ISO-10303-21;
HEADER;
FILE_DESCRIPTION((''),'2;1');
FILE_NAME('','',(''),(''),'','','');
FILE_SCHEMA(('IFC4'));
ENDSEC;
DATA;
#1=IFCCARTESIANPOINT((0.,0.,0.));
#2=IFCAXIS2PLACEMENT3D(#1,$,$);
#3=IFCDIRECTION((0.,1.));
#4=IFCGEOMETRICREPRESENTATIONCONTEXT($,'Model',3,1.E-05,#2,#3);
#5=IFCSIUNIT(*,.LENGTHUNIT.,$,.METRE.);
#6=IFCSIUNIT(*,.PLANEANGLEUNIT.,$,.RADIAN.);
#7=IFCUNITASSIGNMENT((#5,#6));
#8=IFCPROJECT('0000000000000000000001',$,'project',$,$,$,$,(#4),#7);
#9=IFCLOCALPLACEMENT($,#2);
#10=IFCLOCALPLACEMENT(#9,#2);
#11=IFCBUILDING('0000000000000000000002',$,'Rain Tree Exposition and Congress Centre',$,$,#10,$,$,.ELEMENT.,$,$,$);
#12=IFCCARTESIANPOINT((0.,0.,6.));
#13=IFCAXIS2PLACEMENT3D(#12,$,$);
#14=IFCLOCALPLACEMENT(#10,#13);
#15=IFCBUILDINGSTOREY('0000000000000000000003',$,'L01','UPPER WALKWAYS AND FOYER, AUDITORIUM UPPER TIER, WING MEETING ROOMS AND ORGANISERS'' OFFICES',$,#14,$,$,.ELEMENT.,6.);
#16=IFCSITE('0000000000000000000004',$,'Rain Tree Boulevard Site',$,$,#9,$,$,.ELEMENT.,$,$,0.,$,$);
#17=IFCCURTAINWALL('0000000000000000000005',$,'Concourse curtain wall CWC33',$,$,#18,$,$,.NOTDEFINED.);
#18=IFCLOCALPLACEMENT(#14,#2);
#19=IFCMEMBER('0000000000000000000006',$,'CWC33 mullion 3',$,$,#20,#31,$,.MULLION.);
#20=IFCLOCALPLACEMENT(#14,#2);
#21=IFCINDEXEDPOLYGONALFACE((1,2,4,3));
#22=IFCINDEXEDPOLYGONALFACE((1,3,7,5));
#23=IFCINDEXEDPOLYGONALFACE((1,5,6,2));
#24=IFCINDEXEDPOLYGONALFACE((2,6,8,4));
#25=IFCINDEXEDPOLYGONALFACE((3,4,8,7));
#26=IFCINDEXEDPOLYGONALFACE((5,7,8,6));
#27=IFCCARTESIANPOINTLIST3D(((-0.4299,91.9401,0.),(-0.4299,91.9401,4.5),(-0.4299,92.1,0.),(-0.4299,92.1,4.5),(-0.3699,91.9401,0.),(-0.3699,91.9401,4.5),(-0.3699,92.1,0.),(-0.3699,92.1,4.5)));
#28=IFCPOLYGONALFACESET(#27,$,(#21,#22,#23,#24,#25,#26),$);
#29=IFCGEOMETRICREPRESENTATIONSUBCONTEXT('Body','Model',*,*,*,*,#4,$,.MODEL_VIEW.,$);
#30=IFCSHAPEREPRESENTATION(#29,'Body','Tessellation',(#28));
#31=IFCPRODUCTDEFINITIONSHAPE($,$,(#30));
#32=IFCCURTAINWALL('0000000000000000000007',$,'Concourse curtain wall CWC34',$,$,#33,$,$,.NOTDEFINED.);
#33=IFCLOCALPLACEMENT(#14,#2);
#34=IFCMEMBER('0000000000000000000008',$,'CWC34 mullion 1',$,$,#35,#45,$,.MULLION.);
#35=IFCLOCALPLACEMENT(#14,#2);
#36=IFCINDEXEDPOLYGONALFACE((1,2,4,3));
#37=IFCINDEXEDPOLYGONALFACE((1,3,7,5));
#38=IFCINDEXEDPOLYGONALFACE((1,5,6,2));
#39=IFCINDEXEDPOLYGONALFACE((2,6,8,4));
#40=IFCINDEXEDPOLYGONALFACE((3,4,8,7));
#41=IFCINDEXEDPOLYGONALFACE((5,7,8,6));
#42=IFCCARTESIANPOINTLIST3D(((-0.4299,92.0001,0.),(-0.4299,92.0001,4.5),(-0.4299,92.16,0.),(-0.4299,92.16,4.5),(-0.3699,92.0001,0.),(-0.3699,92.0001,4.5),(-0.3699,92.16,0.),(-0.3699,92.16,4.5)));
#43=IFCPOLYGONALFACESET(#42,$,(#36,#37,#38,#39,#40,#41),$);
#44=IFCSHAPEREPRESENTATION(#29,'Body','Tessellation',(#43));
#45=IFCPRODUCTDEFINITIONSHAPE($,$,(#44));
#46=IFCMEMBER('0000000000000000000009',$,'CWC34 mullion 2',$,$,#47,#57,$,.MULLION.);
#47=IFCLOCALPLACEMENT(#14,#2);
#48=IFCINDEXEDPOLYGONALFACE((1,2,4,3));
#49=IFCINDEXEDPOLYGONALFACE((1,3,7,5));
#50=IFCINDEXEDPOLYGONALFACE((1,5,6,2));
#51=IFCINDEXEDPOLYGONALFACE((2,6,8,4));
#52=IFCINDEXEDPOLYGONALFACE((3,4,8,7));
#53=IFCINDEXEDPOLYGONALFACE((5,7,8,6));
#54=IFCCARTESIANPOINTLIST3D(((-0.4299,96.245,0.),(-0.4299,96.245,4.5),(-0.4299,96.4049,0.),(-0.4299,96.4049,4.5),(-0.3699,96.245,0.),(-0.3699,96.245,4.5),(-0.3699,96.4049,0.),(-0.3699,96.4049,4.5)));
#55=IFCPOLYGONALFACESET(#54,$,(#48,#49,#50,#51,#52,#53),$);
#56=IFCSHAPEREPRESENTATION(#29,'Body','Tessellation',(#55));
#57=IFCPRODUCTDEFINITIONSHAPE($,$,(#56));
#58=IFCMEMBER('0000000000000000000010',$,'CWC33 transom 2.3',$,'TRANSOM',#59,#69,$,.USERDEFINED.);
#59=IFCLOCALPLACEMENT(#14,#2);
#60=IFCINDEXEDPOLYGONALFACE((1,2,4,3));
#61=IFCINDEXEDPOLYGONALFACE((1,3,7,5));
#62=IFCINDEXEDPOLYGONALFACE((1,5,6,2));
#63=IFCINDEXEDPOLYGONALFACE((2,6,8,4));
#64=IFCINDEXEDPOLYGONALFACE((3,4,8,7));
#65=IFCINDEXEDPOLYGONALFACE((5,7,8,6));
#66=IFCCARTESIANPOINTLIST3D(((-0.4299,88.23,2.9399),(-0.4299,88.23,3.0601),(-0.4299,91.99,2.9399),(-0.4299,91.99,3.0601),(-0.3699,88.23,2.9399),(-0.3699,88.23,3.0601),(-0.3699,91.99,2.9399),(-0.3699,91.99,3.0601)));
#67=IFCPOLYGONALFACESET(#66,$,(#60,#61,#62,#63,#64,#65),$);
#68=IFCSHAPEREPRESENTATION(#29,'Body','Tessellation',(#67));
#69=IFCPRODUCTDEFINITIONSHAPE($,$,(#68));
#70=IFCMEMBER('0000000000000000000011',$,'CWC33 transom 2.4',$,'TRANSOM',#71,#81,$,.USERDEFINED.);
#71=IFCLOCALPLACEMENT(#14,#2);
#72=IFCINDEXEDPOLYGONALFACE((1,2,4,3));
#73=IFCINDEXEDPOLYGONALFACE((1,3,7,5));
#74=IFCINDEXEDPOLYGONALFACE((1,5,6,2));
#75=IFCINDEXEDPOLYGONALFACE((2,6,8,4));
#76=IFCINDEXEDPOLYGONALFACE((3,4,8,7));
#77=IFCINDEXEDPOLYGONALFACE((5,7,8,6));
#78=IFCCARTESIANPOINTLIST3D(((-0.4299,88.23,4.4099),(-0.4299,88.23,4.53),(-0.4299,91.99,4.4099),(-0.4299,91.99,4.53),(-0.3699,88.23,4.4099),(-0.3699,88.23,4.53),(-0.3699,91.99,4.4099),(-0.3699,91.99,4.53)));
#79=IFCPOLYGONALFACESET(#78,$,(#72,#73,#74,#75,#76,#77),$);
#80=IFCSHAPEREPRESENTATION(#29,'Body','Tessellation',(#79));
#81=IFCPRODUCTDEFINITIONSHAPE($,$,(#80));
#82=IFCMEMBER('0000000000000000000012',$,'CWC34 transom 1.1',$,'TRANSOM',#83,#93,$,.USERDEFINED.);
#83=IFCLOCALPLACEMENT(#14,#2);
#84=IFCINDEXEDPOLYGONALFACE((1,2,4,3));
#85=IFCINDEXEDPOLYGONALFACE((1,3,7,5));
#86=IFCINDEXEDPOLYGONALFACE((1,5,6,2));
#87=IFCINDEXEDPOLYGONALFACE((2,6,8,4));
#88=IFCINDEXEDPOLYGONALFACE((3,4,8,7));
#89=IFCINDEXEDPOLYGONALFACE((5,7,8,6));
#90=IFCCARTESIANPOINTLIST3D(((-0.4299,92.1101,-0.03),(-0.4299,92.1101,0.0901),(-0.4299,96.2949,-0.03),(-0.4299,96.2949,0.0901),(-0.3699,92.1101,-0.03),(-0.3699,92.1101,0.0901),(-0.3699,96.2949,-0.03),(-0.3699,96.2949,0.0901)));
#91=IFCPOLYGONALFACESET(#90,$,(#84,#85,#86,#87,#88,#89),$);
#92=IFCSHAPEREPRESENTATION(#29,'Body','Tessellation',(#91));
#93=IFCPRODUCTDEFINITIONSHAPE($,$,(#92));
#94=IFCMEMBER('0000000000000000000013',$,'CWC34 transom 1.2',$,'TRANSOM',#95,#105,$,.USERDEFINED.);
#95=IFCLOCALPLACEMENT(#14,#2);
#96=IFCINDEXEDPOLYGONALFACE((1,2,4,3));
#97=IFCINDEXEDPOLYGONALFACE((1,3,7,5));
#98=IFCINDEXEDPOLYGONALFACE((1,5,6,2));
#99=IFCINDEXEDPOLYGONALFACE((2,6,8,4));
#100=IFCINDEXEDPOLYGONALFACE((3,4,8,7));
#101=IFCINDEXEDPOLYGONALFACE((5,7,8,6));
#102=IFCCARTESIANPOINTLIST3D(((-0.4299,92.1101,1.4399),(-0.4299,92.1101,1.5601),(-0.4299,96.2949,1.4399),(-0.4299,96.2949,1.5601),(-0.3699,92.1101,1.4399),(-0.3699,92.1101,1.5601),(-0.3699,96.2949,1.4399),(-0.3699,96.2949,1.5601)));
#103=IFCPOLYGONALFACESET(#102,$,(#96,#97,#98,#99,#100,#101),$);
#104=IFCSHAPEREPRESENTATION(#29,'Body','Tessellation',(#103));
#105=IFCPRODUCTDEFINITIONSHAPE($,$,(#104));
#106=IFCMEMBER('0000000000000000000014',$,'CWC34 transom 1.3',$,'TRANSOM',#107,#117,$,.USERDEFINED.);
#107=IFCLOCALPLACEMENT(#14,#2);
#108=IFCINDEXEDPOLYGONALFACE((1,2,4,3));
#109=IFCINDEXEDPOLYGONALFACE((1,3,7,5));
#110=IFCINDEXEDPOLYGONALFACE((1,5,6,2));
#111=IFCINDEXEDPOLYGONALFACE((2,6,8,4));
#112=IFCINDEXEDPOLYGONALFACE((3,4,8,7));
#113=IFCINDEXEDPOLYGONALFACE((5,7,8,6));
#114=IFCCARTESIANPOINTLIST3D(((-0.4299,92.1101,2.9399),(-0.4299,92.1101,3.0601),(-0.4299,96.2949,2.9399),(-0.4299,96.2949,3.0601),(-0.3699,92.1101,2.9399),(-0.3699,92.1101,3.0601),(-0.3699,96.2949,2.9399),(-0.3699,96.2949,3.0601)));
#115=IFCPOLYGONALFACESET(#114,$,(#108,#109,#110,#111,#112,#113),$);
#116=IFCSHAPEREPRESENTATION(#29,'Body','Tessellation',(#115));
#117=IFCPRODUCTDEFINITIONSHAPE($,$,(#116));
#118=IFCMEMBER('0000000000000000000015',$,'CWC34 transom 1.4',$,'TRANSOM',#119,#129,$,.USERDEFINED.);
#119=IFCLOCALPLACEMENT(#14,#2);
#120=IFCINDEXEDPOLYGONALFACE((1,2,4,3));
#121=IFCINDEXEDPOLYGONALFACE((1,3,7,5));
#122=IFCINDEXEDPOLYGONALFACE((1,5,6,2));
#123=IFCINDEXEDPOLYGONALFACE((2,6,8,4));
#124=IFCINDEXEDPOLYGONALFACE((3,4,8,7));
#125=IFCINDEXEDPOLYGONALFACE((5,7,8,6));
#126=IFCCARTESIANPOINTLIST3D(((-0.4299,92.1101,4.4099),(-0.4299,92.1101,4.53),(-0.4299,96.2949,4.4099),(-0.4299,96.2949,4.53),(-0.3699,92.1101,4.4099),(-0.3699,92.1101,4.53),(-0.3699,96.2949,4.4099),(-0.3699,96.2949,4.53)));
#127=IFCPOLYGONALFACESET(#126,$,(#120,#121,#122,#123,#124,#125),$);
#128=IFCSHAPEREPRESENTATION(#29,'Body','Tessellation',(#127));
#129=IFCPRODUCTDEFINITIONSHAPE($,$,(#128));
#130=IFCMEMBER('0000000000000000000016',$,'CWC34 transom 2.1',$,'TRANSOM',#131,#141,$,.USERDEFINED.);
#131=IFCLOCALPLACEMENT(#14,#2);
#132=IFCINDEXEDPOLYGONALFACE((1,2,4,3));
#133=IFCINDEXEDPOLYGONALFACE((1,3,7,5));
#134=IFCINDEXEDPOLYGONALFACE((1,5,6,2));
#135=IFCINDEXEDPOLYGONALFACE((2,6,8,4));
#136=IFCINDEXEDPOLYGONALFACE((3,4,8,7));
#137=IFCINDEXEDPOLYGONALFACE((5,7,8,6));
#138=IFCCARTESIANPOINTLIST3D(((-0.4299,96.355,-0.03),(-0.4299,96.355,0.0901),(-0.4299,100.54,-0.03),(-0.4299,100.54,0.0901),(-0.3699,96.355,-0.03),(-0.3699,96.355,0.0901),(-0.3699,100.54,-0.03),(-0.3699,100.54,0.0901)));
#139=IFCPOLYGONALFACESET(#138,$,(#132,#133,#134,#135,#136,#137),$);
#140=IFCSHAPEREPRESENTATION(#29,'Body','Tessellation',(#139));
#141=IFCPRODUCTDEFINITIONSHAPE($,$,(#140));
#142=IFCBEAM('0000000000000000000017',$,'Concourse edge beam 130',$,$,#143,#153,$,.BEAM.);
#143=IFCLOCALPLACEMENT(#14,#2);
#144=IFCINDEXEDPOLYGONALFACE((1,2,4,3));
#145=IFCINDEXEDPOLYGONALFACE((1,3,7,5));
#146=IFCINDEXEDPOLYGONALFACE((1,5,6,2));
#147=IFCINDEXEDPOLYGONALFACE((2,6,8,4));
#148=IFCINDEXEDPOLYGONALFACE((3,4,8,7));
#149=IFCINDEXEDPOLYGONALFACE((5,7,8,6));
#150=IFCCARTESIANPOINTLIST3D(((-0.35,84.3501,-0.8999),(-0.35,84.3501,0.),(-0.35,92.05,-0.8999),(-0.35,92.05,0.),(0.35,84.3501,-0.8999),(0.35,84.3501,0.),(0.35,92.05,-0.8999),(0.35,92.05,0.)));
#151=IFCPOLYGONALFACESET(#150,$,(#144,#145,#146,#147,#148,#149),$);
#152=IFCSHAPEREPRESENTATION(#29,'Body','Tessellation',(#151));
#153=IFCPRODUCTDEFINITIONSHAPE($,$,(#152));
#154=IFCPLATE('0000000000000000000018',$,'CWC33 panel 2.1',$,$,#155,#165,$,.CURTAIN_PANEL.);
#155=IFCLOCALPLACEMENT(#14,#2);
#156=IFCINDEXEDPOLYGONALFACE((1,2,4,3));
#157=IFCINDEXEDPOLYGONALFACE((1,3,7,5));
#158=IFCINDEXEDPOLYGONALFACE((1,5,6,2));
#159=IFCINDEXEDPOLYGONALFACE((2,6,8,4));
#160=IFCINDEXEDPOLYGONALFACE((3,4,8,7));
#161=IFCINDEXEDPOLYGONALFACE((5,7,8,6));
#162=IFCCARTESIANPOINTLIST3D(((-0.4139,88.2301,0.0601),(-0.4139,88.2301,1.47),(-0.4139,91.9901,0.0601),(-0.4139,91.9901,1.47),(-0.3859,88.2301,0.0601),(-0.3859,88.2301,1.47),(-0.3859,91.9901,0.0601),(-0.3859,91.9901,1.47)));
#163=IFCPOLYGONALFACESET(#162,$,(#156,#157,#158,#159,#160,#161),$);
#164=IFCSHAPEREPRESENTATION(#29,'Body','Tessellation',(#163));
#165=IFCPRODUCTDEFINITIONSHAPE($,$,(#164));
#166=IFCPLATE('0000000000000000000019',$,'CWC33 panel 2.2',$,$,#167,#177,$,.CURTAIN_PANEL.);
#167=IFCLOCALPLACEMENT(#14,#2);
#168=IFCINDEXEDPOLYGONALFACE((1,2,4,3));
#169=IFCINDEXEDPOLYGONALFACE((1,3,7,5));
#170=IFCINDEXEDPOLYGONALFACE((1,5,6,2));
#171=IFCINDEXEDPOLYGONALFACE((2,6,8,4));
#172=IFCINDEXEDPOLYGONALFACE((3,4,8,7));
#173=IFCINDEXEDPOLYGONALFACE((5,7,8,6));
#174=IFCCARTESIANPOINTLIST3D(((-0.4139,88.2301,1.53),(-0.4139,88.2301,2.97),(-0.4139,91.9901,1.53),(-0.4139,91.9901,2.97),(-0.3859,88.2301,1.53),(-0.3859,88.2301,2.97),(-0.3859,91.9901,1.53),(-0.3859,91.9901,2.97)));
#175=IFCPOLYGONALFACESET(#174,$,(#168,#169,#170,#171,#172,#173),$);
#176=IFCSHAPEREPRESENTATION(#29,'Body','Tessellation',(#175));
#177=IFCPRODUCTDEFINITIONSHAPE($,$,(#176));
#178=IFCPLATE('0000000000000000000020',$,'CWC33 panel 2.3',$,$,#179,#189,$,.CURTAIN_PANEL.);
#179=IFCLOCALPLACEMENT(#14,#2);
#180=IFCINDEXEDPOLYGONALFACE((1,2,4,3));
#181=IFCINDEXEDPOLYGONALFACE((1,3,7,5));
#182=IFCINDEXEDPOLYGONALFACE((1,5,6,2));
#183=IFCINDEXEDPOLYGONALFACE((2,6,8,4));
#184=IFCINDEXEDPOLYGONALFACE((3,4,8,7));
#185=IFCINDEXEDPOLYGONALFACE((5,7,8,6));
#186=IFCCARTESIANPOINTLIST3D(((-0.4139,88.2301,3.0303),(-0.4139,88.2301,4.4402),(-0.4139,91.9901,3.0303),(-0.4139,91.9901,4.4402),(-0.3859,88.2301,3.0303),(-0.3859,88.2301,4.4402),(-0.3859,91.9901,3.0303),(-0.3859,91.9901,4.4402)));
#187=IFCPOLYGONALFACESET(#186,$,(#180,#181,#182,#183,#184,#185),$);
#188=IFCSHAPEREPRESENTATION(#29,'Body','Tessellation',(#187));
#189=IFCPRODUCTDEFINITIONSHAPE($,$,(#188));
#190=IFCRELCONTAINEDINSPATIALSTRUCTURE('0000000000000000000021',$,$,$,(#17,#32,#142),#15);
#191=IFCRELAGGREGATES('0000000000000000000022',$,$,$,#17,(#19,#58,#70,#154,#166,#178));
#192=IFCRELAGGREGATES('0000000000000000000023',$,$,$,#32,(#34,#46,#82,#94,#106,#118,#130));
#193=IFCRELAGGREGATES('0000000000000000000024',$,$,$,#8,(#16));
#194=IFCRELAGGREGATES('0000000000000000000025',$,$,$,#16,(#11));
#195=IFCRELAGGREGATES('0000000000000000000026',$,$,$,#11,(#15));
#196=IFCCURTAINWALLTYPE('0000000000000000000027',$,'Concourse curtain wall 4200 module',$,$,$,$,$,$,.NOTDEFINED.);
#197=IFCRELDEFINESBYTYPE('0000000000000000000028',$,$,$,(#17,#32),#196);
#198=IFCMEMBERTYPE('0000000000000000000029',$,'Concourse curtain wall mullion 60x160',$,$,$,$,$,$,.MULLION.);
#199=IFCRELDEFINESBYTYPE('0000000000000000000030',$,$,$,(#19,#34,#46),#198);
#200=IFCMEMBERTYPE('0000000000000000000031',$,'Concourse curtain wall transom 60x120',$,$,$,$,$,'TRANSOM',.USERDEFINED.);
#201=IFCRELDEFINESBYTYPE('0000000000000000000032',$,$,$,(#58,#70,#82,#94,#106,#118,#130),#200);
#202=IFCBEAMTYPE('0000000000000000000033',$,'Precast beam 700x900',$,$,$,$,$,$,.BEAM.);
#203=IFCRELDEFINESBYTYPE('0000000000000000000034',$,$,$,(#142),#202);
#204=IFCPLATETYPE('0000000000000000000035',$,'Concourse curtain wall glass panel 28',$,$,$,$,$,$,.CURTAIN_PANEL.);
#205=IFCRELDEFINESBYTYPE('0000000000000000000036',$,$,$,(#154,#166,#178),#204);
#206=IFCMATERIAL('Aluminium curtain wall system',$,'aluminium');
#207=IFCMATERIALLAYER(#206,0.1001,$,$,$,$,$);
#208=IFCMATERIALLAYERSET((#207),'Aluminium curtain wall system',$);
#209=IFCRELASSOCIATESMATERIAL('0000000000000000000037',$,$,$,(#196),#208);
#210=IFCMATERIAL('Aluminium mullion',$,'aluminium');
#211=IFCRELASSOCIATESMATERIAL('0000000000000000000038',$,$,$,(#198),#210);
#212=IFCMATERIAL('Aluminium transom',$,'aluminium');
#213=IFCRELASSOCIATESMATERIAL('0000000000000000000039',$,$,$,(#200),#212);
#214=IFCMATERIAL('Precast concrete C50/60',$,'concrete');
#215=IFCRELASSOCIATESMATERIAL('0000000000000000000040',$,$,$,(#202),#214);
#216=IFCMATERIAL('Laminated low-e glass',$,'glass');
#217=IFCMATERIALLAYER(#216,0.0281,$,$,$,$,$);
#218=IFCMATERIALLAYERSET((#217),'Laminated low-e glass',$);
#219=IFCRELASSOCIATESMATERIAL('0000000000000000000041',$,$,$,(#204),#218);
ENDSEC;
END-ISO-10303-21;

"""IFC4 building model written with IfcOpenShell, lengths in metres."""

from ifc_helpers import new_model, si_unit, direction, frame, origin, origin_2d, place, context, subcontext, project, spatial, rectangle, extrude, material, layer, layer_set, material_profile, profile_set, type_object, element, aggregate, save


model = new_model("IFC4")

# Units and contexts
model_context = context("Model", 3, precision=1e-05, world=origin(), true_north=direction((0.0, 1.0)))
body_context = subcontext(model_context, "Body", "Model", "MODEL_VIEW")
ifc_project = project(units=[si_unit("LENGTHUNIT", "METRE"), si_unit("PLANEANGLEUNIT", "RADIAN")], contexts=[model_context])

# Site, building, storey
site_placement = place(None, origin())
site = spatial("IfcSite", under=ifc_project, at=site_placement, Name="Rain Tree Boulevard Site", CompositionType="ELEMENT", RefElevation=0.0)
building_placement = place(site_placement, origin())
building = spatial("IfcBuilding", under=site, at=building_placement, Name="Rain Tree Exposition and Congress Centre", CompositionType="ELEMENT")
storey_placement = place(building_placement, frame((0.0, 0.0, 6.0)))
storey = spatial("IfcBuildingStorey", under=building, at=storey_placement, Name="L01", Description="UPPER WALKWAYS AND FOYER, AUDITORIUM UPPER TIER, WING MEETING ROOMS AND ORGANISERS' OFFICES", CompositionType="ELEMENT", Elevation=6.0)

# Curtain wall, member
ifc_material_1 = material(Name="Aluminium curtain wall system", Category="aluminium")
ifc_layer_1 = layer(ifc_material_1, 0.1001)
ifc_layer_set_1 = layer_set([ifc_layer_1], Name="Aluminium curtain wall system")
curtain_wall_type = type_object("IfcCurtainWallType", Name="Concourse curtain wall 4200 module", PredefinedType="NOTDEFINED", material=ifc_layer_set_1)
curtain_wall_1_placement = place(storey_placement, origin())
curtain_wall_1 = element("IfcCurtainWall", 1, at=curtain_wall_1_placement, inside=storey, type_object=curtain_wall_type, Name="Concourse curtain wall CWC33", PredefinedType="NOTDEFINED")
ifc_material_2 = material(Name="Aluminium mullion", Category="aluminium")
ifc_material_profile_1 = material_profile(ifc_material_2, rectangle(XDim=0.0601, YDim=0.1599, at=origin_2d()), Name="AL 60x160")
ifc_profile_set_1 = profile_set([ifc_material_profile_1], Name="Aluminium mullion")
member_type_1 = type_object("IfcMemberType", Name="Concourse curtain wall mullion 60x160", PredefinedType="MULLION", material=ifc_profile_set_1)
member_1_placement = place(storey_placement, frame((-0.3999, 92.02, 0.0), z_axis=(0.0, 0.0, 1.0), x_axis=(-1.0, 0.0, 0.0)))
member_1 = element("IfcMember", 2, at=member_1_placement, type_object=member_type_1, Name="CWC33 mullion 3", PredefinedType="MULLION", context=body_context, shape_type="SweptSolid", body=[
    extrude(rectangle(XDim=0.0601, YDim=0.1599, at=origin_2d()), origin(), (0.0, 0.0, 1.0), 4.5),
])

# Curtain wall, members
curtain_wall_2_placement = place(storey_placement, origin())
curtain_wall_2 = element("IfcCurtainWall", 3, at=curtain_wall_2_placement, inside=storey, type_object=curtain_wall_type, Name="Concourse curtain wall CWC34", PredefinedType="NOTDEFINED")
member_2_placement = place(storey_placement, frame((-0.3999, 92.0801, 0.0), z_axis=(0.0, 0.0, 1.0), x_axis=(-1.0, 0.0, 0.0)))
member_2 = element("IfcMember", 4, at=member_2_placement, type_object=member_type_1, Name="CWC34 mullion 1", PredefinedType="MULLION", context=body_context, shape_type="SweptSolid", body=[
    extrude(rectangle(XDim=0.0601, YDim=0.1599, at=origin_2d()), origin(), (0.0, 0.0, 1.0), 4.5),
])
member_3_placement = place(storey_placement, frame((-0.3999, 96.325, 0.0), z_axis=(0.0, 0.0, 1.0), x_axis=(-1.0, 0.0, 0.0)))
member_3 = element("IfcMember", 5, at=member_3_placement, type_object=member_type_1, Name="CWC34 mullion 2", PredefinedType="MULLION", context=body_context, shape_type="SweptSolid", body=[
    extrude(rectangle(XDim=0.0601, YDim=0.1599, at=origin_2d()), origin(), (0.0, 0.0, 1.0), 4.5),
])

# Members
ifc_material_3 = material(Name="Aluminium transom", Category="aluminium")
ifc_material_profile_2 = material_profile(ifc_material_3, rectangle(XDim=0.0601, YDim=0.1201, at=origin_2d()), Name="AL 60x120")
ifc_profile_set_2 = profile_set([ifc_material_profile_2], Name="Aluminium transom")
member_type_2 = type_object("IfcMemberType", Name="Concourse curtain wall transom 60x120", ElementType="TRANSOM", PredefinedType="USERDEFINED", material=ifc_profile_set_2)
member_4_placement = place(storey_placement, frame((-0.3999, 88.23, 3.0), z_axis=(0.0, 1.0, 0.0), x_axis=(-1.0, 0.0, 0.0)))
member_4 = element("IfcMember", 6, at=member_4_placement, type_object=member_type_2, Name="CWC33 transom 2.3", ObjectType="TRANSOM", PredefinedType="USERDEFINED", context=body_context, shape_type="SweptSolid", body=[
    extrude(rectangle(XDim=0.0601, YDim=0.1201, at=origin_2d()), origin(), (0.0, 0.0, 1.0), 3.76),
])
member_5_placement = place(storey_placement, frame((-0.3999, 88.23, 4.47), z_axis=(0.0, 1.0, 0.0), x_axis=(-1.0, 0.0, 0.0)))
member_5 = element("IfcMember", 7, at=member_5_placement, type_object=member_type_2, Name="CWC33 transom 2.4", ObjectType="TRANSOM", PredefinedType="USERDEFINED", context=body_context, shape_type="SweptSolid", body=[
    extrude(rectangle(XDim=0.0601, YDim=0.1201, at=origin_2d()), origin(), (0.0, 0.0, 1.0), 3.76),
])
member_6_placement = place(storey_placement, frame((-0.3999, 92.1101, 0.03), z_axis=(0.0, 1.0, 0.0), x_axis=(-1.0, 0.0, 0.0)))
member_6 = element("IfcMember", 8, at=member_6_placement, type_object=member_type_2, Name="CWC34 transom 1.1", ObjectType="TRANSOM", PredefinedType="USERDEFINED", context=body_context, shape_type="SweptSolid", body=[
    extrude(rectangle(XDim=0.0601, YDim=0.1201, at=origin_2d()), origin(), (0.0, 0.0, 1.0), 4.1848),
])
member_7_placement = place(storey_placement, frame((-0.3999, 92.1101, 1.5), z_axis=(0.0, 1.0, 0.0), x_axis=(-1.0, 0.0, 0.0)))
member_7 = element("IfcMember", 9, at=member_7_placement, type_object=member_type_2, Name="CWC34 transom 1.2", ObjectType="TRANSOM", PredefinedType="USERDEFINED", context=body_context, shape_type="SweptSolid", body=[
    extrude(rectangle(XDim=0.0601, YDim=0.1201, at=origin_2d()), origin(), (0.0, 0.0, 1.0), 4.1848),
])
member_8_placement = place(storey_placement, frame((-0.3999, 92.1101, 3.0), z_axis=(0.0, 1.0, 0.0), x_axis=(-1.0, 0.0, 0.0)))
member_8 = element("IfcMember", 10, at=member_8_placement, type_object=member_type_2, Name="CWC34 transom 1.3", ObjectType="TRANSOM", PredefinedType="USERDEFINED", context=body_context, shape_type="SweptSolid", body=[
    extrude(rectangle(XDim=0.0601, YDim=0.1201, at=origin_2d()), origin(), (0.0, 0.0, 1.0), 4.1848),
])
member_9_placement = place(storey_placement, frame((-0.3999, 92.1101, 4.47), z_axis=(0.0, 1.0, 0.0), x_axis=(-1.0, 0.0, 0.0)))
member_9 = element("IfcMember", 11, at=member_9_placement, type_object=member_type_2, Name="CWC34 transom 1.4", ObjectType="TRANSOM", PredefinedType="USERDEFINED", context=body_context, shape_type="SweptSolid", body=[
    extrude(rectangle(XDim=0.0601, YDim=0.1201, at=origin_2d()), origin(), (0.0, 0.0, 1.0), 4.1848),
])
member_10_placement = place(storey_placement, frame((-0.3999, 96.355, 0.03), z_axis=(0.0, 1.0, 0.0), x_axis=(-1.0, 0.0, 0.0)))
member_10 = element("IfcMember", 12, at=member_10_placement, type_object=member_type_2, Name="CWC34 transom 2.1", ObjectType="TRANSOM", PredefinedType="USERDEFINED", context=body_context, shape_type="SweptSolid", body=[
    extrude(rectangle(XDim=0.0601, YDim=0.1201, at=origin_2d()), origin(), (0.0, 0.0, 1.0), 4.1851),
])

# Beam
ifc_material_4 = material(Name="Precast concrete C50/60", Category="concrete")
ifc_material_profile_3 = material_profile(ifc_material_4, rectangle(XDim=0.7, YDim=0.8999, at=origin_2d()), Name="RC 700x900")
ifc_profile_set_3 = profile_set([ifc_material_profile_3], Name="Precast concrete C50/60")
beam_type = type_object("IfcBeamType", Name="Precast beam 700x900", PredefinedType="BEAM", material=ifc_profile_set_3)
beam_placement = place(storey_placement, frame((0.0, 84.3501, -0.45), z_axis=(0.0, 1.0, 0.0), x_axis=(-1.0, 0.0, 0.0)))
element("IfcBeam", 13, at=beam_placement, inside=storey, type_object=beam_type, Name="Concourse edge beam 130", PredefinedType="BEAM", context=body_context, shape_type="SweptSolid", body=[
    extrude(rectangle(XDim=0.7, YDim=0.8999, at=origin_2d()), origin(), (0.0, 0.0, 1.0), 7.7),
])

# Plates
ifc_material_5 = material(Name="Laminated low-e glass", Category="glass")
ifc_layer_2 = layer(ifc_material_5, 0.0281)
ifc_layer_set_2 = layer_set([ifc_layer_2], Name="Laminated low-e glass")
plate_type = type_object("IfcPlateType", Name="Concourse curtain wall glass panel 28", PredefinedType="CURTAIN_PANEL", material=ifc_layer_set_2)
plate_1_placement = place(storey_placement, frame((-0.3999, 90.1101, 0.0601), z_axis=(0.0, 0.0, 1.0), x_axis=(0.0, 1.0, 0.0)))
plate_1 = element("IfcPlate", 14, at=plate_1_placement, type_object=plate_type, Name="CWC33 panel 2.1", PredefinedType="CURTAIN_PANEL", context=body_context, shape_type="SweptSolid", body=[
    extrude(rectangle(XDim=3.76, YDim=0.0281, at=origin_2d()), origin(), (0.0, 0.0, 1.0), 1.4099),
])
plate_2_placement = place(storey_placement, frame((-0.3999, 90.1101, 1.53), z_axis=(0.0, 0.0, 1.0), x_axis=(0.0, 1.0, 0.0)))
plate_2 = element("IfcPlate", 15, at=plate_2_placement, type_object=plate_type, Name="CWC33 panel 2.2", PredefinedType="CURTAIN_PANEL", context=body_context, shape_type="SweptSolid", body=[
    extrude(rectangle(XDim=3.76, YDim=0.0281, at=origin_2d()), origin(), (0.0, 0.0, 1.0), 1.4399),
])
plate_3_placement = place(storey_placement, frame((-0.3999, 90.1101, 3.0303), z_axis=(0.0, 0.0, 1.0), x_axis=(0.0, 1.0, 0.0)))
plate_3 = element("IfcPlate", 16, at=plate_3_placement, type_object=plate_type, Name="CWC33 panel 2.3", PredefinedType="CURTAIN_PANEL", context=body_context, shape_type="SweptSolid", body=[
    extrude(rectangle(XDim=3.76, YDim=0.0281, at=origin_2d()), origin(), (0.0, 0.0, 1.0), 1.4099),
])
aggregate(curtain_wall_1, [member_1, member_4, member_5, plate_1, plate_2, plate_3])
aggregate(curtain_wall_2, [member_2, member_3, member_6, member_7, member_8, member_9, member_10])

save(model, "model.ifc")
